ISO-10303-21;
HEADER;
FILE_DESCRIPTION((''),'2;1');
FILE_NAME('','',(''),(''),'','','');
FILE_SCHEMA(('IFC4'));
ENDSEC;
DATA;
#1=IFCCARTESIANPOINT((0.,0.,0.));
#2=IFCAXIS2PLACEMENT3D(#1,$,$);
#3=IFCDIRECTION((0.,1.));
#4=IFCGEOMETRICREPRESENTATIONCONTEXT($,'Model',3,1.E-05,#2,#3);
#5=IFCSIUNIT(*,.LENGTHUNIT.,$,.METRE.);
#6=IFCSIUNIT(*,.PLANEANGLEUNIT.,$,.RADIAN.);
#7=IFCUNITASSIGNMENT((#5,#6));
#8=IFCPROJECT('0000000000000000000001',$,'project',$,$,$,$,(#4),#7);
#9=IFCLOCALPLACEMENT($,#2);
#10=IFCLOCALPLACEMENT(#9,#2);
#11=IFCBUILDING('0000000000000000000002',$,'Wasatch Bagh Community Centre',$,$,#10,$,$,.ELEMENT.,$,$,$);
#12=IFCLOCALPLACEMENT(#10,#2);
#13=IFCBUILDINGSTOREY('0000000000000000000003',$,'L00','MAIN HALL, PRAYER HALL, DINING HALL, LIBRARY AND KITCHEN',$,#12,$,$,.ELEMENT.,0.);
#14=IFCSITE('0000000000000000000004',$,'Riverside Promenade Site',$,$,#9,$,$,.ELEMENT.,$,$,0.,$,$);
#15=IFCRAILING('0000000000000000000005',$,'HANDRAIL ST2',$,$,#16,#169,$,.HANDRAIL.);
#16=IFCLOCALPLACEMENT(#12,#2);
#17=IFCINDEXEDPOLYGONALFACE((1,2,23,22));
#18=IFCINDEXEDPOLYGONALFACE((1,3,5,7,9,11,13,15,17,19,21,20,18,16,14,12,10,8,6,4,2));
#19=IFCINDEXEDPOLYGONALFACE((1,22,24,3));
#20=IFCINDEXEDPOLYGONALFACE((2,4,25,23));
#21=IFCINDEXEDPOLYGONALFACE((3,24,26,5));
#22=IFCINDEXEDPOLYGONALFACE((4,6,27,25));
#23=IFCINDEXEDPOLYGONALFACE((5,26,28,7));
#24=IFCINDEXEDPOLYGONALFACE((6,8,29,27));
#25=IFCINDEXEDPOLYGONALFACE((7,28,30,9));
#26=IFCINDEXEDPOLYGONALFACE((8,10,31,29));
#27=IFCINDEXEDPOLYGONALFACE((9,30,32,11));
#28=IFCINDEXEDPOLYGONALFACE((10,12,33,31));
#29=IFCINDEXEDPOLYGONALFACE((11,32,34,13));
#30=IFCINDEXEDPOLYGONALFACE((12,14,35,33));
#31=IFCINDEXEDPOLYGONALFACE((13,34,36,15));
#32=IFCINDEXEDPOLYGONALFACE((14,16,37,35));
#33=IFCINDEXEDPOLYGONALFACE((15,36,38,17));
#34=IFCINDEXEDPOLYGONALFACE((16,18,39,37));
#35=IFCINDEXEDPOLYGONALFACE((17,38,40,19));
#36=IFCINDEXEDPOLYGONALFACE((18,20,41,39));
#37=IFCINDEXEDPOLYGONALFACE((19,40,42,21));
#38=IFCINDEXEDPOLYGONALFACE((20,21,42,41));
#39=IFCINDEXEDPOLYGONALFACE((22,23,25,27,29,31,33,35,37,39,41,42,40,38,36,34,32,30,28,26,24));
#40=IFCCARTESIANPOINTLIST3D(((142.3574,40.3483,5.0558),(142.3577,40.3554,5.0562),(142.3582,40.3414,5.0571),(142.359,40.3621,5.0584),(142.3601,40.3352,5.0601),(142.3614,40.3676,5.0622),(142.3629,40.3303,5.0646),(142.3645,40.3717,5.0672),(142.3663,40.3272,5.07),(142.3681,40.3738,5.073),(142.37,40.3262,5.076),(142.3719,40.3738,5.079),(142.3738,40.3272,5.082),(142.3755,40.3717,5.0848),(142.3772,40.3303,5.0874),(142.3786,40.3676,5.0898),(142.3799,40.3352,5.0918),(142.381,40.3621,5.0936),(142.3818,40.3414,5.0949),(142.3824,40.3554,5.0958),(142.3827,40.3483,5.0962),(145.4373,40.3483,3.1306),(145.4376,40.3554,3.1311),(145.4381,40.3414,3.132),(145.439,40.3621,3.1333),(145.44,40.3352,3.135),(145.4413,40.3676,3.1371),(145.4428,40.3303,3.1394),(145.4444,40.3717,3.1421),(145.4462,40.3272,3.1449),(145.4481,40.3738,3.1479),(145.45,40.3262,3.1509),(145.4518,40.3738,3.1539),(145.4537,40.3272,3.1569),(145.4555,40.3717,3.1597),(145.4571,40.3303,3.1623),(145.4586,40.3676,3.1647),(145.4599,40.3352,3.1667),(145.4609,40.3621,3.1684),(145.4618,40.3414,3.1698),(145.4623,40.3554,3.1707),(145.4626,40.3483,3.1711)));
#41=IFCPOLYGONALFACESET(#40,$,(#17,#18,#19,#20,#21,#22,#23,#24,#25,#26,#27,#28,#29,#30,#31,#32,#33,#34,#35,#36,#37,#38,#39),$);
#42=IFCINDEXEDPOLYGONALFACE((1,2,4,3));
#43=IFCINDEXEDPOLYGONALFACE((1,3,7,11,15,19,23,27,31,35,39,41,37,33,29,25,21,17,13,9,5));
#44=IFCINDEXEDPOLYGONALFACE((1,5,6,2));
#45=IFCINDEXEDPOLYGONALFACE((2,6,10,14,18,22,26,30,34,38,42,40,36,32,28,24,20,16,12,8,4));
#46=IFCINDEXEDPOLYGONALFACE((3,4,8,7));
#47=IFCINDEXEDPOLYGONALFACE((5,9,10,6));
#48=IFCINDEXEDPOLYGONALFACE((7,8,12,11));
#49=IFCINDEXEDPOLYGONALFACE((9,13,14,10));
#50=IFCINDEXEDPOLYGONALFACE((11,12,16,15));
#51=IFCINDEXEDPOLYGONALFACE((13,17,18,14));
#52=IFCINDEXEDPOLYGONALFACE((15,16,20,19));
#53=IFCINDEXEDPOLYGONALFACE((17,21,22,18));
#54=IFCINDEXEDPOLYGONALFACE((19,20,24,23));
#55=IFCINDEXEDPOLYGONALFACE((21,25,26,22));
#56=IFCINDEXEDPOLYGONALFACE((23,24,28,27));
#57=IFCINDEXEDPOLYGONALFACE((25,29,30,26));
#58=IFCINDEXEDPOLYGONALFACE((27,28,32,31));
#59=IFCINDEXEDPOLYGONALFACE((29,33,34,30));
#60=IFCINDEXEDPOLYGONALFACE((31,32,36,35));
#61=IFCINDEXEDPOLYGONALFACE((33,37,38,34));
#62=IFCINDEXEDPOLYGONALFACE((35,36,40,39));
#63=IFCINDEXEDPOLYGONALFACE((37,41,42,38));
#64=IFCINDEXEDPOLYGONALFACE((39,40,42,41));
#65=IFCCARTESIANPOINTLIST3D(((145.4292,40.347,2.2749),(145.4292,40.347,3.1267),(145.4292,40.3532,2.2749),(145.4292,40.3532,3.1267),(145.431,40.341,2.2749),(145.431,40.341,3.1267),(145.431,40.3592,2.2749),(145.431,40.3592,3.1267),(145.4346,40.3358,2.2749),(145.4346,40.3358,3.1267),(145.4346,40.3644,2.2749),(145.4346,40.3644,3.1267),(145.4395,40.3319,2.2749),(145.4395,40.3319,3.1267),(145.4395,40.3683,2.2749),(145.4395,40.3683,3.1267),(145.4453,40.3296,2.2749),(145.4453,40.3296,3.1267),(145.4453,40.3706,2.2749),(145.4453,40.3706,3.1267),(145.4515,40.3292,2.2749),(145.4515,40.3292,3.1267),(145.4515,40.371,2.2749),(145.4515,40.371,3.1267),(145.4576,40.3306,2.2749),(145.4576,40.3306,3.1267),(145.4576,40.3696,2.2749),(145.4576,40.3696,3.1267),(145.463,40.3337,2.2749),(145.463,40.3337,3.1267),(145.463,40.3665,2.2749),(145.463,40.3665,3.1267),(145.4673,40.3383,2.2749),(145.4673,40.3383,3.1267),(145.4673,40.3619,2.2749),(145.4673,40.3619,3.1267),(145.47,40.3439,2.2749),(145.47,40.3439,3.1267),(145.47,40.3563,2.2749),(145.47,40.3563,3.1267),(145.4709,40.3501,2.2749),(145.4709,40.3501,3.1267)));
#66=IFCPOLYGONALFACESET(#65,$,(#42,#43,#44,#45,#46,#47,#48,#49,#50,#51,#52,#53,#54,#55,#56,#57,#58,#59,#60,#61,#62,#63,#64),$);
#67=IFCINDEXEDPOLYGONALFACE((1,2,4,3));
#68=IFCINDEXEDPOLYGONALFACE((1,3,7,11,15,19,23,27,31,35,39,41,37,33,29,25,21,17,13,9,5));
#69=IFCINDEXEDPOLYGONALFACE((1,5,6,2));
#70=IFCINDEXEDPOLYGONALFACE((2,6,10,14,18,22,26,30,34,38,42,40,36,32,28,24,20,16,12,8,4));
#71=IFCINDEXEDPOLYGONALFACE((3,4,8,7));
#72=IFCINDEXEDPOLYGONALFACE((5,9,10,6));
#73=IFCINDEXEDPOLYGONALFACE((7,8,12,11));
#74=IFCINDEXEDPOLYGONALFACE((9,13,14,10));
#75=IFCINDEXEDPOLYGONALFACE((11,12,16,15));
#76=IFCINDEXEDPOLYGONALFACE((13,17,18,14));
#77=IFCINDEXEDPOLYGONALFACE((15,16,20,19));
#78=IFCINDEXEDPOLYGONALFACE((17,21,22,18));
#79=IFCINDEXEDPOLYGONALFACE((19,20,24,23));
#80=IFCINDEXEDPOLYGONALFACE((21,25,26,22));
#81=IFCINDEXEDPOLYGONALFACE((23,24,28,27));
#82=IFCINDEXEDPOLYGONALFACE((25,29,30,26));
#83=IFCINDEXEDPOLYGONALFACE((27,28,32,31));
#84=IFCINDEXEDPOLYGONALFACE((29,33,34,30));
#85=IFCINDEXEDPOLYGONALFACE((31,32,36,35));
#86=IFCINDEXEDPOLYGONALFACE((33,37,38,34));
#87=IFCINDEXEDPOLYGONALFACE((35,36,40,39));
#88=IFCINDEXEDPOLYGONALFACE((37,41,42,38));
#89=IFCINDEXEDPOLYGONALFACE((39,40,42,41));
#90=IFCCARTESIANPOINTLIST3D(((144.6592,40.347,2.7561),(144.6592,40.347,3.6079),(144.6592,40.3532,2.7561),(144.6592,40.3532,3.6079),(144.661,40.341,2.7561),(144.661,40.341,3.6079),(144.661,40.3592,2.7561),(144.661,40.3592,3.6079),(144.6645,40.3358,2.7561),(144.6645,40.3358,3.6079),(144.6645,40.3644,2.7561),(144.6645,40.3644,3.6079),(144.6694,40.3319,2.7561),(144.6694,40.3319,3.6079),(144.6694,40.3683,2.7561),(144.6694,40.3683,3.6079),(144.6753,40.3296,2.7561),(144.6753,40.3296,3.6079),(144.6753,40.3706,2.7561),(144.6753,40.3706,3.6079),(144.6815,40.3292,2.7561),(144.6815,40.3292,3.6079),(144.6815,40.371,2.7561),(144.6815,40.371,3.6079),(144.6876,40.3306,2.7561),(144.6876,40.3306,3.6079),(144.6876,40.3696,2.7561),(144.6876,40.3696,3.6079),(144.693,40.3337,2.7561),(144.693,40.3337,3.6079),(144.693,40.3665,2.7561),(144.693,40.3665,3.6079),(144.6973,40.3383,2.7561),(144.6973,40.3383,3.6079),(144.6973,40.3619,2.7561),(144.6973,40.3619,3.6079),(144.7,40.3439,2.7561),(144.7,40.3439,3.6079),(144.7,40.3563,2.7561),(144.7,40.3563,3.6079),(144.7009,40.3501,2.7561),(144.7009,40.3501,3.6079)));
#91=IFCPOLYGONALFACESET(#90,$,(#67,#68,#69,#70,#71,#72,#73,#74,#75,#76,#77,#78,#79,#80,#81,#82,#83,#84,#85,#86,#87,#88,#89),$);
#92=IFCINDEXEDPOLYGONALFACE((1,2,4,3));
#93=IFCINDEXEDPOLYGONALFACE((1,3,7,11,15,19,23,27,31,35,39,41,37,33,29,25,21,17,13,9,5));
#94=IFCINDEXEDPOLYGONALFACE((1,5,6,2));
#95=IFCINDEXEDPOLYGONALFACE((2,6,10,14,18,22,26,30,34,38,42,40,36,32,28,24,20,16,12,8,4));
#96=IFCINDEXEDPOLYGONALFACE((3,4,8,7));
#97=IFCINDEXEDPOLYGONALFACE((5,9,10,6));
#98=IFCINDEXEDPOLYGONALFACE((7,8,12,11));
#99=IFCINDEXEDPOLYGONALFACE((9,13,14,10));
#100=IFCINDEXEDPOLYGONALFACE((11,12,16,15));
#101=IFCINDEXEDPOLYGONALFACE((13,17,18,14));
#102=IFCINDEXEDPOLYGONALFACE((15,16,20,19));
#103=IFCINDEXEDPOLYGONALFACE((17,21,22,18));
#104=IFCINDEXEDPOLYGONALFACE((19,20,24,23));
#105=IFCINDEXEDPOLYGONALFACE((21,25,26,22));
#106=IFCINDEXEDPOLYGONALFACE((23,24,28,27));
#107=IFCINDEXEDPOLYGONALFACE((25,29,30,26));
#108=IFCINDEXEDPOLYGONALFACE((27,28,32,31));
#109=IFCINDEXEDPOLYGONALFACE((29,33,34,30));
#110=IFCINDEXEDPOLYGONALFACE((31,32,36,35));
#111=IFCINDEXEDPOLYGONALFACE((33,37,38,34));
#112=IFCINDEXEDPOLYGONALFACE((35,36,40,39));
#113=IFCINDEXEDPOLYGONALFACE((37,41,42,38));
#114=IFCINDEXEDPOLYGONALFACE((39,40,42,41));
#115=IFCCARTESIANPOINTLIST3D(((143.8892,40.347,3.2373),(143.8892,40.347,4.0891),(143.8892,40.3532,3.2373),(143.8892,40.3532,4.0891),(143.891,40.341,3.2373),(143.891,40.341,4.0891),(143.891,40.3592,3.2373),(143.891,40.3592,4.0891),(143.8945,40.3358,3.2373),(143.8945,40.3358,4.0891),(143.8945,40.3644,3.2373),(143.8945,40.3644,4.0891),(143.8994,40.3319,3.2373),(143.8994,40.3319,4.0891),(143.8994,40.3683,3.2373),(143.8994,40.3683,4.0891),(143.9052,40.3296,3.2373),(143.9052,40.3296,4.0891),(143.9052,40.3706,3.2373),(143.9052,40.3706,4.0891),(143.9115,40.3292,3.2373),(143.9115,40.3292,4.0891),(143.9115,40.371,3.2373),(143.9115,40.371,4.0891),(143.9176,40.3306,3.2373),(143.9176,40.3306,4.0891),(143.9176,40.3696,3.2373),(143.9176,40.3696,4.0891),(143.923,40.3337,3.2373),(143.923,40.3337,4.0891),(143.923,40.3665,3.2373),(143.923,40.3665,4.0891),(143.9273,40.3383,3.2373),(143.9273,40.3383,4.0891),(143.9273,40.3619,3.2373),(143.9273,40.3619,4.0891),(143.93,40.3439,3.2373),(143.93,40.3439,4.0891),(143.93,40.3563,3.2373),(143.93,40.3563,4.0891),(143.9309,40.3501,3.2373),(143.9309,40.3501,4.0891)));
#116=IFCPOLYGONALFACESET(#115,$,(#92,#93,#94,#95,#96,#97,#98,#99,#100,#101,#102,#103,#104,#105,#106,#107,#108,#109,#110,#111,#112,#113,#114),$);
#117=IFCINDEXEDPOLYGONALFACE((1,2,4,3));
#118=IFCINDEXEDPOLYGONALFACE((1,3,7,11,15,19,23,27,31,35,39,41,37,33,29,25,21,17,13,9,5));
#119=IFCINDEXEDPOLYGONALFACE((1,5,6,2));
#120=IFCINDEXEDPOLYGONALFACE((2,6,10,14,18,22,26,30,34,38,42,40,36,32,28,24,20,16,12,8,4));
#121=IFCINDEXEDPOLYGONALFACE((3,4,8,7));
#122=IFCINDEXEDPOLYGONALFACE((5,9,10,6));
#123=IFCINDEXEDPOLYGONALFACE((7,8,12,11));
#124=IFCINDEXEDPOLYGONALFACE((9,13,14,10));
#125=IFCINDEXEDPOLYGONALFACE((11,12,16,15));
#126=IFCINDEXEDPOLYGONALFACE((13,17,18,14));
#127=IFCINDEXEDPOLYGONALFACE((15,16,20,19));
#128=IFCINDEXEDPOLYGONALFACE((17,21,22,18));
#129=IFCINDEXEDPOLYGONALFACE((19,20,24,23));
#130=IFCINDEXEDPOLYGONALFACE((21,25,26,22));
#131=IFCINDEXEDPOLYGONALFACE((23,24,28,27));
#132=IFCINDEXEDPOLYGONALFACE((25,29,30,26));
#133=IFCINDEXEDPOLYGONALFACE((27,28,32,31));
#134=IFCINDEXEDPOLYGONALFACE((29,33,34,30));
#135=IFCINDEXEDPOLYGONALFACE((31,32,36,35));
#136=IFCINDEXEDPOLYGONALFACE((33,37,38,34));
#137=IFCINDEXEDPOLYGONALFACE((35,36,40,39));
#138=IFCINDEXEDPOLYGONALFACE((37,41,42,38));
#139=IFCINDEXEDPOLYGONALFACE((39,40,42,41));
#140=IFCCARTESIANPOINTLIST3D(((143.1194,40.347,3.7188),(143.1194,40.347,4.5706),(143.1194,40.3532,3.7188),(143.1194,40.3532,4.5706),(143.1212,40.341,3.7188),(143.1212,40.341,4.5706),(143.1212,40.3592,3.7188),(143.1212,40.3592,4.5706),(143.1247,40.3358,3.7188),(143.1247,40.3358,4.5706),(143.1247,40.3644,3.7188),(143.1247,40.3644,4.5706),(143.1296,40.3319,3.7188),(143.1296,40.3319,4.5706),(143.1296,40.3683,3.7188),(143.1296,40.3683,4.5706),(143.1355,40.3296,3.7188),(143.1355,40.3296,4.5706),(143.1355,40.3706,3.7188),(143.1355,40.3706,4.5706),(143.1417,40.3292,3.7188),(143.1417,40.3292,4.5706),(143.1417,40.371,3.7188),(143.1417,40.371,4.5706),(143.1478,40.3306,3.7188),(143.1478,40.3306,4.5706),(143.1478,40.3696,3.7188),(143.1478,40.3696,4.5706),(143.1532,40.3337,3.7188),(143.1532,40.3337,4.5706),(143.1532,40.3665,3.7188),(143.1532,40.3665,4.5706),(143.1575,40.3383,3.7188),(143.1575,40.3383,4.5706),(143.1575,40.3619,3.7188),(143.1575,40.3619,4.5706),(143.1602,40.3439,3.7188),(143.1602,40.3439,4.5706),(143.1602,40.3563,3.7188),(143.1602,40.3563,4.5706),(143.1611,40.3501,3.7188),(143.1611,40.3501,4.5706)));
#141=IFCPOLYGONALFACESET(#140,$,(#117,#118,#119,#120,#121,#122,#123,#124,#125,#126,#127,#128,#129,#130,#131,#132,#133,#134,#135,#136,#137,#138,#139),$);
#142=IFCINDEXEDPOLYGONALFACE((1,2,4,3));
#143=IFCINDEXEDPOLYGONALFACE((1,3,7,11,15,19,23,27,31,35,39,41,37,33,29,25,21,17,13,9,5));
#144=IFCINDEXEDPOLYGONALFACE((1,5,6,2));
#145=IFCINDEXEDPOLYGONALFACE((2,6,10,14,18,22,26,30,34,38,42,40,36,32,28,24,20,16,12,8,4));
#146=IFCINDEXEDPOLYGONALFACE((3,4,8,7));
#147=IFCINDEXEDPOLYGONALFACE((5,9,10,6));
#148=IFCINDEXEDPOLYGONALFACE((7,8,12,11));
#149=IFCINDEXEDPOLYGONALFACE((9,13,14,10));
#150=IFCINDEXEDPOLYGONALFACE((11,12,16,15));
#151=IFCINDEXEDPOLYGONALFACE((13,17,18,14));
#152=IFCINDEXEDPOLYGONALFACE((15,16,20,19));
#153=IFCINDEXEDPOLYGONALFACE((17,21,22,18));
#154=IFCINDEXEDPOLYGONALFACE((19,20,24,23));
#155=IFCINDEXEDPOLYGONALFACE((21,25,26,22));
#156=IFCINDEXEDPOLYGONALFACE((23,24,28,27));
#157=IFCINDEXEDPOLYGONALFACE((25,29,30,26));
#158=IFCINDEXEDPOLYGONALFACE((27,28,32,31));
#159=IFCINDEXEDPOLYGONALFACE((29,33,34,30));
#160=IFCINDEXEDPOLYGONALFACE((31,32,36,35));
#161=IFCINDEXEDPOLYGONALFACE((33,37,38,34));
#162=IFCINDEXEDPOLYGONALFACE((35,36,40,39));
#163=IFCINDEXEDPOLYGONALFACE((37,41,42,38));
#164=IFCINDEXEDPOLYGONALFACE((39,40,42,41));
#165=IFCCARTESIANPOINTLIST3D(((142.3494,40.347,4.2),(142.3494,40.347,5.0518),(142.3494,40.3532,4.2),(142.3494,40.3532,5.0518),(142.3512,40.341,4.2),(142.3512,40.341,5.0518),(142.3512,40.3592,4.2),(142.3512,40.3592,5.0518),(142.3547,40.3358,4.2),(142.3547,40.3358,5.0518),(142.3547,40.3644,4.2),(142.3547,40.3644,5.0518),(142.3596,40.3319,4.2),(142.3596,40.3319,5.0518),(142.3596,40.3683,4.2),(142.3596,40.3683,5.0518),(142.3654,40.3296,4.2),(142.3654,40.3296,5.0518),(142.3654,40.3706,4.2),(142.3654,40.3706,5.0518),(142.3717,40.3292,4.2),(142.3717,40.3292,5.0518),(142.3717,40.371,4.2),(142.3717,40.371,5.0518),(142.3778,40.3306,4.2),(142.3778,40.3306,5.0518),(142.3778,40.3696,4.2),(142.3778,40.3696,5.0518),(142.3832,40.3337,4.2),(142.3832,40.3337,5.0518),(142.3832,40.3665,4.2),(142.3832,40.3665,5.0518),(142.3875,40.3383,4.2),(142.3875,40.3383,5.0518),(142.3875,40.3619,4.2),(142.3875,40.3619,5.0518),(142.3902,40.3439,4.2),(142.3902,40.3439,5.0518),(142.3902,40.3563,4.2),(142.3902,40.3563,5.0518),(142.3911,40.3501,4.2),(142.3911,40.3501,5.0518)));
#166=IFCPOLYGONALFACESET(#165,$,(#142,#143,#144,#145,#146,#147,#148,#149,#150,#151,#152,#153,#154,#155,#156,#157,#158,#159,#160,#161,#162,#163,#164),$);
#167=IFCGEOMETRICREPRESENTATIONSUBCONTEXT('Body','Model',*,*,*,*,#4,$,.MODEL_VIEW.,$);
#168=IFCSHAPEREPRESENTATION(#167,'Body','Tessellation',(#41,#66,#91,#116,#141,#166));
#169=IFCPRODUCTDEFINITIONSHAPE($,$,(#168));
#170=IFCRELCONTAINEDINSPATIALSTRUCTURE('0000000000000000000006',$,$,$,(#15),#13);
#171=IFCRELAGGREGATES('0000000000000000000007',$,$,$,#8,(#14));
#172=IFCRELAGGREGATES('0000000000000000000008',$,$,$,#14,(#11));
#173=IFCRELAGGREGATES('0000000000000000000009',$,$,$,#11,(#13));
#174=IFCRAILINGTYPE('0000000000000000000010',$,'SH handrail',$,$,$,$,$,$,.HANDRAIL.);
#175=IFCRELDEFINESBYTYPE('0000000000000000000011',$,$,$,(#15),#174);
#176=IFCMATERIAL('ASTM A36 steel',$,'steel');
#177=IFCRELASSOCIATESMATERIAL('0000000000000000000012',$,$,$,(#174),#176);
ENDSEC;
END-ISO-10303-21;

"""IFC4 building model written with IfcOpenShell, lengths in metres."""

from ifc_helpers import new_model, si_unit, direction, frame, origin, origin_2d, place, context, subcontext, project, spatial, circle, extrude, material, type_object, element, save


model = new_model("IFC4")

# Units and contexts
model_context = context("Model", 3, precision=1e-05, world=origin(), true_north=direction((0.0, 1.0)))
body_context = subcontext(model_context, "Body", "Model", "MODEL_VIEW")
ifc_project = project(units=[si_unit("LENGTHUNIT", "METRE"), si_unit("PLANEANGLEUNIT", "RADIAN")], contexts=[model_context])

# Site, building, storey
site_placement = place(None, origin())
site = spatial("IfcSite", under=ifc_project, at=site_placement, Name="Riverside Promenade Site", CompositionType="ELEMENT", RefElevation=0.0)
building_placement = place(site_placement, origin())
building = spatial("IfcBuilding", under=site, at=building_placement, Name="Wasatch Bagh Community Centre", CompositionType="ELEMENT")
storey_placement = place(building_placement, origin())
storey = spatial("IfcBuildingStorey", under=building, at=storey_placement, Name="L00", Description="MAIN HALL, PRAYER HALL, DINING HALL, LIBRARY AND KITCHEN", CompositionType="ELEMENT", Elevation=0.0)

# Railing
ifc_material_1 = material(Name="ASTM A36 steel", Category="steel")
railing_type_1 = type_object("IfcRailingType", Name="SH handrail", PredefinedType="HANDRAIL", material=ifc_material_1)
for number, where, name in (
    (1, (145.45, 40.3501, 2.2749), "HANDRAIL ST2"),
):
    element("IfcRailing", number, at=place(storey_placement, frame(where)), inside=storey, type_object=railing_type_1, Name=name, PredefinedType="HANDRAIL", context=body_context, shape_type="SweptSolid", body=[
        extrude(circle(Radius=0.0239, at=origin_2d()), frame((0.0, 0.0, 0.876), z_axis=(-0.847979, 0.0, 0.530029), x_axis=(0.0, -1.0, 0.0)), (0.0, 0.0, 1.0), 3.6321),
        extrude(circle(Radius=0.021, at=origin_2d()), origin(), (0.0, 0.0, 1.0), 0.8518),
        extrude(circle(Radius=0.021, at=origin_2d()), frame((-0.77, 0.0, 0.4812)), (0.0, 0.0, 1.0), 0.8518),
        extrude(circle(Radius=0.021, at=origin_2d()), frame((-1.54, 0.0, 0.9624)), (0.0, 0.0, 1.0), 0.8518),
        extrude(circle(Radius=0.021, at=origin_2d()), frame((-2.3098, 0.0, 1.4438)), (0.0, 0.0, 1.0), 0.8518),
        extrude(circle(Radius=0.021, at=origin_2d()), frame((-3.0798, 0.0, 1.925)), (0.0, 0.0, 1.0), 0.8518),
    ])

save(model, "model.ifc")
